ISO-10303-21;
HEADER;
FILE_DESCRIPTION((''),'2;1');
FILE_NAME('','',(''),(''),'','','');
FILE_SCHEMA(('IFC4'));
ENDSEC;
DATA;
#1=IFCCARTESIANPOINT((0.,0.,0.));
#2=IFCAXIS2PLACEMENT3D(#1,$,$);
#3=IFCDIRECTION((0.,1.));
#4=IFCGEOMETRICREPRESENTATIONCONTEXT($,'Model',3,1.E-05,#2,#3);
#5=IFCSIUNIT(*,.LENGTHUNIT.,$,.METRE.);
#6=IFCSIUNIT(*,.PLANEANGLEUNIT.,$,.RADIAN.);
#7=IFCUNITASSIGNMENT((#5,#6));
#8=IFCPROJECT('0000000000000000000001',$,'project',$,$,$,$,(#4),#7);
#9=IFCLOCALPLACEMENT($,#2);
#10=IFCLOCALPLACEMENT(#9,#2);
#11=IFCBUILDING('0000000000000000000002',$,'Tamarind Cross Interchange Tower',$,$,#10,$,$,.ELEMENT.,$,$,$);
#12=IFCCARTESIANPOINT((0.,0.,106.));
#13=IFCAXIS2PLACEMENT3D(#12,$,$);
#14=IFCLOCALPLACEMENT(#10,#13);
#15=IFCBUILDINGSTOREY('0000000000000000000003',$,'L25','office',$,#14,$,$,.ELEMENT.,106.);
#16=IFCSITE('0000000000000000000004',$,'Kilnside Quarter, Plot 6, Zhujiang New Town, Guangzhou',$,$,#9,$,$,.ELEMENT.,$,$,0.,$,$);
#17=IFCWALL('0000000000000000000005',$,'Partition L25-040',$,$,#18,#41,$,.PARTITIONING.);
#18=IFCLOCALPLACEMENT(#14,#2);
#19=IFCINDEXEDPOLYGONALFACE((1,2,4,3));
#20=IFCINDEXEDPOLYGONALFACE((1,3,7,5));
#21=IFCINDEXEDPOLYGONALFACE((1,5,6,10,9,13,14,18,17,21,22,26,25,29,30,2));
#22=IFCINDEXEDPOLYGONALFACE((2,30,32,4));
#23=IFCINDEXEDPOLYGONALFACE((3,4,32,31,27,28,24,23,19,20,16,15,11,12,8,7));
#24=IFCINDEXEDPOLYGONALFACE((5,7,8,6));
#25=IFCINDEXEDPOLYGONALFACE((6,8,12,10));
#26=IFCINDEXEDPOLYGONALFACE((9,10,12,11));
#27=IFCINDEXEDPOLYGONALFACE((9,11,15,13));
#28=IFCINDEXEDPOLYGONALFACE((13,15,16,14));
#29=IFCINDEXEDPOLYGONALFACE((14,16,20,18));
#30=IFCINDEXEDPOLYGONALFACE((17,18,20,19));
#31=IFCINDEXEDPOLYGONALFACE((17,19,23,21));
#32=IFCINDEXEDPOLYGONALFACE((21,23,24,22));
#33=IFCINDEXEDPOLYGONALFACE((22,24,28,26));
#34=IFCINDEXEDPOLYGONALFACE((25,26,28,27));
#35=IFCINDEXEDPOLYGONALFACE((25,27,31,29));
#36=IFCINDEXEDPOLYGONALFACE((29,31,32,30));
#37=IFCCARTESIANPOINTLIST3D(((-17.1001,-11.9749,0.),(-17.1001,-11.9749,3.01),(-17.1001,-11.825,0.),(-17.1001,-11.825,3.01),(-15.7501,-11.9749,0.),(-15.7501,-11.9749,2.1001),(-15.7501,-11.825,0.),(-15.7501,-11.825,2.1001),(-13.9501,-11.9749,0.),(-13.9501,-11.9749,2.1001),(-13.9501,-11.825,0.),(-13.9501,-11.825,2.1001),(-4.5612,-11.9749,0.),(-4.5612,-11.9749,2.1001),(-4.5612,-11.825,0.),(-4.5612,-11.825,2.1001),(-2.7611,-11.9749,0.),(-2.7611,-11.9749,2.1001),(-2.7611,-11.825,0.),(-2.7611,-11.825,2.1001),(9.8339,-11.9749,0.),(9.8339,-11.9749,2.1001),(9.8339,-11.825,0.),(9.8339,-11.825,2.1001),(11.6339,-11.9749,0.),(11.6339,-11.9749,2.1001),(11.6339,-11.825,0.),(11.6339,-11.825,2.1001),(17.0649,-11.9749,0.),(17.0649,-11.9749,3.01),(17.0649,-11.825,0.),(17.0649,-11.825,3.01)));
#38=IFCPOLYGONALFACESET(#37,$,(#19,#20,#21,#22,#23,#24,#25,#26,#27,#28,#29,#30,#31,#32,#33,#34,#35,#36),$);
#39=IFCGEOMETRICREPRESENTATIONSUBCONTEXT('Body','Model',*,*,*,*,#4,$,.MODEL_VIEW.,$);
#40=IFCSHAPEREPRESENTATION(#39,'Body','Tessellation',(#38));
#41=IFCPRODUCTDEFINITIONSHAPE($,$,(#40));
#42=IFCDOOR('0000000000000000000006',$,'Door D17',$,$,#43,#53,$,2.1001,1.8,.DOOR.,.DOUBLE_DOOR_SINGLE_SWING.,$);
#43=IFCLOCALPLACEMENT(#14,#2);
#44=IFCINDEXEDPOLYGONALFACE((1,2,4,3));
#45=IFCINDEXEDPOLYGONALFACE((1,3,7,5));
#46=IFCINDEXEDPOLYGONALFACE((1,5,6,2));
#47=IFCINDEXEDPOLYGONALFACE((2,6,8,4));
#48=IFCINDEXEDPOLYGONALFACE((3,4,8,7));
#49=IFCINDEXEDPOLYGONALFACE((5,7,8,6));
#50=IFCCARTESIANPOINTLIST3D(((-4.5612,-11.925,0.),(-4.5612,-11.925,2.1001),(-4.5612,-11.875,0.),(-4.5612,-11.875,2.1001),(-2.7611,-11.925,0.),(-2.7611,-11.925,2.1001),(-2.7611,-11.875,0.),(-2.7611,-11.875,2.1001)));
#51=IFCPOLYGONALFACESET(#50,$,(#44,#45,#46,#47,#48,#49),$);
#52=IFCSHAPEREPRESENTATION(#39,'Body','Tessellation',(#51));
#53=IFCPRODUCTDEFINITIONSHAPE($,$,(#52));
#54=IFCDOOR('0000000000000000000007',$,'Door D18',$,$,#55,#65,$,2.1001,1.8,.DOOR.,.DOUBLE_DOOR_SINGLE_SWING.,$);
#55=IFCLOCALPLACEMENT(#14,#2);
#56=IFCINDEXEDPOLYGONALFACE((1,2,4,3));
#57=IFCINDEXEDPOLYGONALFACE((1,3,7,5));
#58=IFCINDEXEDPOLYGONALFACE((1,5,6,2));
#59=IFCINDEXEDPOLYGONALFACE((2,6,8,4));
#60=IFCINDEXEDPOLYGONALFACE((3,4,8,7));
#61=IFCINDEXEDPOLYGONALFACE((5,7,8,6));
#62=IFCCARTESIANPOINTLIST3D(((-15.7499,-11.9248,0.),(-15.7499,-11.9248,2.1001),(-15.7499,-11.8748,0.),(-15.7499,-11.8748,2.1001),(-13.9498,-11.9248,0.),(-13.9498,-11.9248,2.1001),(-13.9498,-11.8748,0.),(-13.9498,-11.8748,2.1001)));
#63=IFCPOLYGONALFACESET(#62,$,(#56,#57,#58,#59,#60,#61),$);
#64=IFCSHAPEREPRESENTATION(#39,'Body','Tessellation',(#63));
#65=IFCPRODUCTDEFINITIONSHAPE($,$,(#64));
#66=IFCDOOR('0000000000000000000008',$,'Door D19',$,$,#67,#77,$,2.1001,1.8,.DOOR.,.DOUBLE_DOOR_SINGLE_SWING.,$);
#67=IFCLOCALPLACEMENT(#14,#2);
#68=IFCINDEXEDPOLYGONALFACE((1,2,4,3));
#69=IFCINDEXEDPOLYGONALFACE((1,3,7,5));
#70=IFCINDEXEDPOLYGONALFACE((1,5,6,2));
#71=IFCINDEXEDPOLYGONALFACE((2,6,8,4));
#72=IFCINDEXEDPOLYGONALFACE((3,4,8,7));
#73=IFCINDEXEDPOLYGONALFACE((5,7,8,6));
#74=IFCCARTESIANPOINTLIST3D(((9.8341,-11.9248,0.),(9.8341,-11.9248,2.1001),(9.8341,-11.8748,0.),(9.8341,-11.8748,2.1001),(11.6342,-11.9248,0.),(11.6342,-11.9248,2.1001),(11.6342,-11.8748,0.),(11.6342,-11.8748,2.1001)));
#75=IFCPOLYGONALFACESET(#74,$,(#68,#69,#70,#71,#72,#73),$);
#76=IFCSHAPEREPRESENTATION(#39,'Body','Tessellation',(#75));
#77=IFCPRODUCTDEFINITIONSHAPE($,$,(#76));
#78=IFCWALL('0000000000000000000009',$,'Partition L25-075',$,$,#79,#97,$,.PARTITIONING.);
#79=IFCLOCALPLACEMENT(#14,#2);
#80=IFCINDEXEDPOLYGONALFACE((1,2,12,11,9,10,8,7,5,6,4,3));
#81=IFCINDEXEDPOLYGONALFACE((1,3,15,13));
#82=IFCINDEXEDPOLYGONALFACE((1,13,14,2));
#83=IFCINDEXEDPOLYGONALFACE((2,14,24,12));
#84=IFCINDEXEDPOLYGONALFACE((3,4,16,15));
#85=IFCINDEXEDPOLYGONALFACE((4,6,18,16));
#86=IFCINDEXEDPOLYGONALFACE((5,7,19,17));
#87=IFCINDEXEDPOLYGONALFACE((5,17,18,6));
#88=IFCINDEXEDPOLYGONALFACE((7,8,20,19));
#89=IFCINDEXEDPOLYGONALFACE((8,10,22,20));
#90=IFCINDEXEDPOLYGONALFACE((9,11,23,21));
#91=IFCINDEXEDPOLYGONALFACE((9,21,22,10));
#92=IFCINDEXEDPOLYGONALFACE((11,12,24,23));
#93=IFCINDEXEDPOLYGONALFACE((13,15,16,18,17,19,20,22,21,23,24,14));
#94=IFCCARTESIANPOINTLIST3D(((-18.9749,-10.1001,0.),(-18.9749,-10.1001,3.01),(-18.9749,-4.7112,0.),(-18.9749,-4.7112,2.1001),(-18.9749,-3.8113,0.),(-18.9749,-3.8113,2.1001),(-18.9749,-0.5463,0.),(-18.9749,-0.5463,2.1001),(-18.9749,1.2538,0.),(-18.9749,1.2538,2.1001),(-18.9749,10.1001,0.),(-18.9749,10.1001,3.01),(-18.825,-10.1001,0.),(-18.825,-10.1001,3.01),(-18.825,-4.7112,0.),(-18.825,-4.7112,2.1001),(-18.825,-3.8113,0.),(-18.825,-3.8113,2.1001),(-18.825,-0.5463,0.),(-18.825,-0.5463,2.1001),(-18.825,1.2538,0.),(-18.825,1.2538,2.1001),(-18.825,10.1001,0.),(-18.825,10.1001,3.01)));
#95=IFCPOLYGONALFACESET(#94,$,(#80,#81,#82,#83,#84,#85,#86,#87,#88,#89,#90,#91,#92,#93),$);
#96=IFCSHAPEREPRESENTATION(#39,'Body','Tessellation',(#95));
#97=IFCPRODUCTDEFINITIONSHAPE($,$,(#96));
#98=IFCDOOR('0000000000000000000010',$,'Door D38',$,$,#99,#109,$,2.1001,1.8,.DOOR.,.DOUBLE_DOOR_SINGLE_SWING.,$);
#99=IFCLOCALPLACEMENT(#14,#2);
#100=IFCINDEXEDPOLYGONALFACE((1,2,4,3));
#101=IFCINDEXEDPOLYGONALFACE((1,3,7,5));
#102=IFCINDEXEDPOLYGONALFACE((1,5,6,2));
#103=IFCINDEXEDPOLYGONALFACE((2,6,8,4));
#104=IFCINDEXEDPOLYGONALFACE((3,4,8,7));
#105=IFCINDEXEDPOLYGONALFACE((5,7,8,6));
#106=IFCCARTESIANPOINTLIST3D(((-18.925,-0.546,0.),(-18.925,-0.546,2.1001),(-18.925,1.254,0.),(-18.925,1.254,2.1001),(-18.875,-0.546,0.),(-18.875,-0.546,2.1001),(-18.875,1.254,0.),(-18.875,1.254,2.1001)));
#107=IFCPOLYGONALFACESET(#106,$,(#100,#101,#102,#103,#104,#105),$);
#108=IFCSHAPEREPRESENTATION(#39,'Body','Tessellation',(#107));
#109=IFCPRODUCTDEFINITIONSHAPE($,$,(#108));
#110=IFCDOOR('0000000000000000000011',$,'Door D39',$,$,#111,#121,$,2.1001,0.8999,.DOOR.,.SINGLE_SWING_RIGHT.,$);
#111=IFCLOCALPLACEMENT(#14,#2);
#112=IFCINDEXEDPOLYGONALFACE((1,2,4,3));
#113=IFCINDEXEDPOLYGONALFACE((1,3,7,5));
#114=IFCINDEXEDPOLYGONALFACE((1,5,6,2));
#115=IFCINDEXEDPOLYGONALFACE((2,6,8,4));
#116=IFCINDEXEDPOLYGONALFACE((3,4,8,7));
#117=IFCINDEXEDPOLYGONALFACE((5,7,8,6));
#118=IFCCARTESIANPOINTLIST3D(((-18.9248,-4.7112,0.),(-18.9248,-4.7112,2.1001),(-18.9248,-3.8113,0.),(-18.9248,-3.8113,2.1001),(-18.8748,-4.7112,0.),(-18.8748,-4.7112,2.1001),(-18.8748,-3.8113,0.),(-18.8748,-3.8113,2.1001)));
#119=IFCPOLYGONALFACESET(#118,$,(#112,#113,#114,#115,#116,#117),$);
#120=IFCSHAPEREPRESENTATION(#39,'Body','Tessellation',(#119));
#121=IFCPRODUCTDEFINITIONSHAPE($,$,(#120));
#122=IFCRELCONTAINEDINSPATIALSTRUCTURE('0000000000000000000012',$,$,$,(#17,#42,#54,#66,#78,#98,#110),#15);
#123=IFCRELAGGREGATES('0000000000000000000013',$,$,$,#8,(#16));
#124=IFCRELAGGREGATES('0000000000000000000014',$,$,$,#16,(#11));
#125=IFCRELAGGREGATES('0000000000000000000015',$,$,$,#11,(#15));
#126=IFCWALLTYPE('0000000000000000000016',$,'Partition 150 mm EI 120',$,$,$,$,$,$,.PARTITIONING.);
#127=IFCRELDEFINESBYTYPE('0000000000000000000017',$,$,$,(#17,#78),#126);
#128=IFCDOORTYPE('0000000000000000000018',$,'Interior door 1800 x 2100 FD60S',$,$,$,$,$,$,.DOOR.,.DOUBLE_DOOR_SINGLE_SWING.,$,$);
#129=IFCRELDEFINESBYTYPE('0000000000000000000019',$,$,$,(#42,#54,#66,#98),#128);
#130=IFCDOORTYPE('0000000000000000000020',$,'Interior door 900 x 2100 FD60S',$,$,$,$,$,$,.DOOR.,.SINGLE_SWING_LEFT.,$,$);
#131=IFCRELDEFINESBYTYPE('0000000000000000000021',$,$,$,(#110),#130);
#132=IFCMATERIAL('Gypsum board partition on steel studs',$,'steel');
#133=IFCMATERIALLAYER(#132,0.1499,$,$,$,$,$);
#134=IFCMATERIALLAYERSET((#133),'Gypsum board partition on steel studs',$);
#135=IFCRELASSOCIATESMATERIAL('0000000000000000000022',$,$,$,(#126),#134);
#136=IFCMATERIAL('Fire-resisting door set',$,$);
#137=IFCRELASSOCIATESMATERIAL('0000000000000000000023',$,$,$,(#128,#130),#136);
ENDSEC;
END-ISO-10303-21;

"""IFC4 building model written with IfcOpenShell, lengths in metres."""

from ifc_helpers import new_model, si_unit, direction, frame, frame_2d, origin, place, context, subcontext, project, spatial, rectangle, extrude, material, layer, layer_set, type_object, element, fill, save


model = new_model("IFC4")

# Units and contexts
model_context = context("Model", 3, precision=1e-05, world=origin(), true_north=direction((0.0, 1.0)))
body_context = subcontext(model_context, "Body", "Model", "MODEL_VIEW")
ifc_project = project(units=[si_unit("LENGTHUNIT", "METRE"), si_unit("PLANEANGLEUNIT", "RADIAN")], contexts=[model_context])

# Site, building, storey
site_placement = place(None, origin())
site = spatial("IfcSite", under=ifc_project, at=site_placement, Name="Kilnside Quarter, Plot 6, Zhujiang New Town, Guangzhou", CompositionType="ELEMENT", RefElevation=0.0)
building_placement = place(site_placement, origin())
building = spatial("IfcBuilding", under=site, at=building_placement, Name="Tamarind Cross Interchange Tower", CompositionType="ELEMENT")
storey_placement = place(building_placement, frame((0.0, 0.0, 106.0)))
storey = spatial("IfcBuildingStorey", under=building, at=storey_placement, Name="L25", Description="office", CompositionType="ELEMENT", Elevation=106.0)

# Shared definitions
ifc_material_1 = material(Name="Gypsum board partition on steel studs", Category="steel")
ifc_layer_1 = layer(ifc_material_1, 0.1499)
ifc_layer_set_1 = layer_set([ifc_layer_1], Name="Gypsum board partition on steel studs")
wall_type_1 = type_object("IfcWallType", Name="Partition 150 mm EI 120", PredefinedType="PARTITIONING", material=ifc_layer_set_1)

# Walls, openings, doors
wall_1_placement = place(storey_placement, frame((-17.1001, -11.8999, 0.0), z_axis=(0.0, 0.0, 1.0), x_axis=(1.0, 0.0, 0.0)))
wall_1 = element("IfcWall", 1, at=wall_1_placement, inside=storey, type_object=wall_type_1, Name="Partition L25-040", PredefinedType="PARTITIONING", context=body_context, shape_type="SweptSolid", body=[
    extrude(rectangle(XDim=34.165, YDim=0.1499, at=frame_2d((17.0825, 0.0))), origin(), (0.0, 0.0, 1.0), 3.01),
])
opening_1_placement = place(wall_1_placement, frame((12.5391, 0.0, 0.0)))
opening_1 = element("IfcOpeningElement", 2, at=opening_1_placement, cuts=wall_1, PredefinedType="OPENING", context=body_context, shape_type="SweptSolid", body=[
    extrude(rectangle(XDim=1.8, YDim=2.1001, at=frame_2d((0.8999, 1.05))), frame((0.0, 0.085, 0.0), z_axis=(0.0, -1.0, 0.0), x_axis=(1.0, 0.0, 0.0)), (0.0, 0.0, 1.0), 0.1699),
])
opening_2_placement = place(wall_1_placement, frame((1.3501, 0.0, 0.0)))
opening_2 = element("IfcOpeningElement", 3, at=opening_2_placement, cuts=wall_1, PredefinedType="OPENING", context=body_context, shape_type="SweptSolid", body=[
    extrude(rectangle(XDim=1.8, YDim=2.1001, at=frame_2d((0.8999, 1.05))), frame((0.0, 0.085, 0.0), z_axis=(0.0, -1.0, 0.0), x_axis=(1.0, 0.0, 0.0)), (0.0, 0.0, 1.0), 0.1699),
])
opening_3_placement = place(wall_1_placement, frame((26.9341, 0.0, 0.0)))
opening_3 = element("IfcOpeningElement", 4, at=opening_3_placement, cuts=wall_1, PredefinedType="OPENING", context=body_context, shape_type="SweptSolid", body=[
    extrude(rectangle(XDim=1.8, YDim=2.1001, at=frame_2d((0.8999, 1.05))), frame((0.0, 0.085, 0.0), z_axis=(0.0, -1.0, 0.0), x_axis=(1.0, 0.0, 0.0)), (0.0, 0.0, 1.0), 0.1699),
])
ifc_material_2 = material(Name="Fire-resisting door set")
door_type_1 = type_object("IfcDoorType", Name="Interior door 1800 x 2100 FD60S", OperationType="DOUBLE_DOOR_SINGLE_SWING", PredefinedType="DOOR", material=ifc_material_2)
door_1_placement = place(opening_1_placement, origin())
door_1 = element("IfcDoor", 5, at=door_1_placement, inside=storey, type_object=door_type_1, Name="Door D17", OperationType="DOUBLE_DOOR_SINGLE_SWING", OverallHeight=2.1001, OverallWidth=1.8, PredefinedType="DOOR", context=body_context, shape_type="SweptSolid", body=[
    extrude(rectangle(XDim=1.8, YDim=2.1001, at=frame_2d((0.8999, 1.05))), frame((0.0, 0.0249, 0.0), z_axis=(0.0, -1.0, 0.0), x_axis=(1.0, 0.0, 0.0)), (0.0, 0.0, 1.0), 0.05),
])
fill(opening_1, door_1)
door_2_placement = place(opening_2_placement, frame((1.8, 0.0, 0.0), z_axis=(0.0, 0.0, 1.0), x_axis=(-1.0, 0.0, 0.0)))
door_2 = element("IfcDoor", 6, at=door_2_placement, inside=storey, type_object=door_type_1, Name="Door D18", OperationType="DOUBLE_DOOR_SINGLE_SWING", OverallHeight=2.1001, OverallWidth=1.8, PredefinedType="DOOR", context=body_context, shape_type="SweptSolid", body=[
    extrude(rectangle(XDim=1.8, YDim=2.1001, at=frame_2d((0.8999, 1.05))), frame((0.0, 0.0249, 0.0), z_axis=(0.0, -1.0, 0.0), x_axis=(1.0, 0.0, 0.0)), (0.0, 0.0, 1.0), 0.05),
])
fill(opening_2, door_2)
door_3_placement = place(opening_3_placement, frame((1.8, 0.0, 0.0), z_axis=(0.0, 0.0, 1.0), x_axis=(-1.0, 0.0, 0.0)))
door_3 = element("IfcDoor", 7, at=door_3_placement, inside=storey, type_object=door_type_1, Name="Door D19", OperationType="DOUBLE_DOOR_SINGLE_SWING", OverallHeight=2.1001, OverallWidth=1.8, PredefinedType="DOOR", context=body_context, shape_type="SweptSolid", body=[
    extrude(rectangle(XDim=1.8, YDim=2.1001, at=frame_2d((0.8999, 1.05))), frame((0.0, 0.0249, 0.0), z_axis=(0.0, -1.0, 0.0), x_axis=(1.0, 0.0, 0.0)), (0.0, 0.0, 1.0), 0.05),
])
fill(opening_3, door_3)
wall_2_placement = place(storey_placement, frame((-18.8999, -10.1001, 0.0), z_axis=(0.0, 0.0, 1.0), x_axis=(0.0, 1.0, 0.0)))
wall_2 = element("IfcWall", 8, at=wall_2_placement, inside=storey, type_object=wall_type_1, Name="Partition L25-075", PredefinedType="PARTITIONING", context=body_context, shape_type="SweptSolid", body=[
    extrude(rectangle(XDim=20.2002, YDim=0.1499, at=frame_2d((10.1001, 0.0))), origin(), (0.0, 0.0, 1.0), 3.01),
])
opening_4_placement = place(wall_2_placement, frame((9.554, 0.0, 0.0)))
opening_4 = element("IfcOpeningElement", 9, at=opening_4_placement, cuts=wall_2, PredefinedType="OPENING", context=body_context, shape_type="SweptSolid", body=[
    extrude(rectangle(XDim=1.8, YDim=2.1001, at=frame_2d((0.8999, 1.05))), frame((0.0, 0.085, 0.0), z_axis=(0.0, -1.0, 0.0), x_axis=(1.0, 0.0, 0.0)), (0.0, 0.0, 1.0), 0.1699),
])
opening_5_placement = place(wall_2_placement, frame((5.3889, 0.0, 0.0)))
opening_5 = element("IfcOpeningElement", 10, at=opening_5_placement, cuts=wall_2, PredefinedType="OPENING", context=body_context, shape_type="SweptSolid", body=[
    extrude(rectangle(XDim=0.8999, YDim=2.1001, at=frame_2d((0.45, 1.05))), frame((0.0, 0.085, 0.0), z_axis=(0.0, -1.0, 0.0), x_axis=(1.0, 0.0, 0.0)), (0.0, 0.0, 1.0), 0.1699),
])
door_4_placement = place(opening_4_placement, frame((1.8, 0.0, 0.0), z_axis=(0.0, 0.0, 1.0), x_axis=(-1.0, 0.0, 0.0)))
door_4 = element("IfcDoor", 11, at=door_4_placement, inside=storey, type_object=door_type_1, Name="Door D38", OperationType="DOUBLE_DOOR_SINGLE_SWING", OverallHeight=2.1001, OverallWidth=1.8, PredefinedType="DOOR", context=body_context, shape_type="SweptSolid", body=[
    extrude(rectangle(XDim=1.8, YDim=2.1001, at=frame_2d((0.8999, 1.05))), frame((0.0, 0.0249, 0.0), z_axis=(0.0, -1.0, 0.0), x_axis=(1.0, 0.0, 0.0)), (0.0, 0.0, 1.0), 0.05),
])
fill(opening_4, door_4)
door_type_2 = type_object("IfcDoorType", Name="Interior door 900 x 2100 FD60S", OperationType="SINGLE_SWING_LEFT", PredefinedType="DOOR", material=ifc_material_2)
door_5_placement = place(opening_5_placement, origin())
door_5 = element("IfcDoor", 12, at=door_5_placement, inside=storey, type_object=door_type_2, Name="Door D39", OperationType="SINGLE_SWING_RIGHT", OverallHeight=2.1001, OverallWidth=0.8999, PredefinedType="DOOR", context=body_context, shape_type="SweptSolid", body=[
    extrude(rectangle(XDim=0.8999, YDim=2.1001, at=frame_2d((0.45, 1.05))), frame((0.0, 0.0249, 0.0), z_axis=(0.0, -1.0, 0.0), x_axis=(1.0, 0.0, 0.0)), (0.0, 0.0, 1.0), 0.05),
])
fill(opening_5, door_5)

save(model, "model.ifc")
